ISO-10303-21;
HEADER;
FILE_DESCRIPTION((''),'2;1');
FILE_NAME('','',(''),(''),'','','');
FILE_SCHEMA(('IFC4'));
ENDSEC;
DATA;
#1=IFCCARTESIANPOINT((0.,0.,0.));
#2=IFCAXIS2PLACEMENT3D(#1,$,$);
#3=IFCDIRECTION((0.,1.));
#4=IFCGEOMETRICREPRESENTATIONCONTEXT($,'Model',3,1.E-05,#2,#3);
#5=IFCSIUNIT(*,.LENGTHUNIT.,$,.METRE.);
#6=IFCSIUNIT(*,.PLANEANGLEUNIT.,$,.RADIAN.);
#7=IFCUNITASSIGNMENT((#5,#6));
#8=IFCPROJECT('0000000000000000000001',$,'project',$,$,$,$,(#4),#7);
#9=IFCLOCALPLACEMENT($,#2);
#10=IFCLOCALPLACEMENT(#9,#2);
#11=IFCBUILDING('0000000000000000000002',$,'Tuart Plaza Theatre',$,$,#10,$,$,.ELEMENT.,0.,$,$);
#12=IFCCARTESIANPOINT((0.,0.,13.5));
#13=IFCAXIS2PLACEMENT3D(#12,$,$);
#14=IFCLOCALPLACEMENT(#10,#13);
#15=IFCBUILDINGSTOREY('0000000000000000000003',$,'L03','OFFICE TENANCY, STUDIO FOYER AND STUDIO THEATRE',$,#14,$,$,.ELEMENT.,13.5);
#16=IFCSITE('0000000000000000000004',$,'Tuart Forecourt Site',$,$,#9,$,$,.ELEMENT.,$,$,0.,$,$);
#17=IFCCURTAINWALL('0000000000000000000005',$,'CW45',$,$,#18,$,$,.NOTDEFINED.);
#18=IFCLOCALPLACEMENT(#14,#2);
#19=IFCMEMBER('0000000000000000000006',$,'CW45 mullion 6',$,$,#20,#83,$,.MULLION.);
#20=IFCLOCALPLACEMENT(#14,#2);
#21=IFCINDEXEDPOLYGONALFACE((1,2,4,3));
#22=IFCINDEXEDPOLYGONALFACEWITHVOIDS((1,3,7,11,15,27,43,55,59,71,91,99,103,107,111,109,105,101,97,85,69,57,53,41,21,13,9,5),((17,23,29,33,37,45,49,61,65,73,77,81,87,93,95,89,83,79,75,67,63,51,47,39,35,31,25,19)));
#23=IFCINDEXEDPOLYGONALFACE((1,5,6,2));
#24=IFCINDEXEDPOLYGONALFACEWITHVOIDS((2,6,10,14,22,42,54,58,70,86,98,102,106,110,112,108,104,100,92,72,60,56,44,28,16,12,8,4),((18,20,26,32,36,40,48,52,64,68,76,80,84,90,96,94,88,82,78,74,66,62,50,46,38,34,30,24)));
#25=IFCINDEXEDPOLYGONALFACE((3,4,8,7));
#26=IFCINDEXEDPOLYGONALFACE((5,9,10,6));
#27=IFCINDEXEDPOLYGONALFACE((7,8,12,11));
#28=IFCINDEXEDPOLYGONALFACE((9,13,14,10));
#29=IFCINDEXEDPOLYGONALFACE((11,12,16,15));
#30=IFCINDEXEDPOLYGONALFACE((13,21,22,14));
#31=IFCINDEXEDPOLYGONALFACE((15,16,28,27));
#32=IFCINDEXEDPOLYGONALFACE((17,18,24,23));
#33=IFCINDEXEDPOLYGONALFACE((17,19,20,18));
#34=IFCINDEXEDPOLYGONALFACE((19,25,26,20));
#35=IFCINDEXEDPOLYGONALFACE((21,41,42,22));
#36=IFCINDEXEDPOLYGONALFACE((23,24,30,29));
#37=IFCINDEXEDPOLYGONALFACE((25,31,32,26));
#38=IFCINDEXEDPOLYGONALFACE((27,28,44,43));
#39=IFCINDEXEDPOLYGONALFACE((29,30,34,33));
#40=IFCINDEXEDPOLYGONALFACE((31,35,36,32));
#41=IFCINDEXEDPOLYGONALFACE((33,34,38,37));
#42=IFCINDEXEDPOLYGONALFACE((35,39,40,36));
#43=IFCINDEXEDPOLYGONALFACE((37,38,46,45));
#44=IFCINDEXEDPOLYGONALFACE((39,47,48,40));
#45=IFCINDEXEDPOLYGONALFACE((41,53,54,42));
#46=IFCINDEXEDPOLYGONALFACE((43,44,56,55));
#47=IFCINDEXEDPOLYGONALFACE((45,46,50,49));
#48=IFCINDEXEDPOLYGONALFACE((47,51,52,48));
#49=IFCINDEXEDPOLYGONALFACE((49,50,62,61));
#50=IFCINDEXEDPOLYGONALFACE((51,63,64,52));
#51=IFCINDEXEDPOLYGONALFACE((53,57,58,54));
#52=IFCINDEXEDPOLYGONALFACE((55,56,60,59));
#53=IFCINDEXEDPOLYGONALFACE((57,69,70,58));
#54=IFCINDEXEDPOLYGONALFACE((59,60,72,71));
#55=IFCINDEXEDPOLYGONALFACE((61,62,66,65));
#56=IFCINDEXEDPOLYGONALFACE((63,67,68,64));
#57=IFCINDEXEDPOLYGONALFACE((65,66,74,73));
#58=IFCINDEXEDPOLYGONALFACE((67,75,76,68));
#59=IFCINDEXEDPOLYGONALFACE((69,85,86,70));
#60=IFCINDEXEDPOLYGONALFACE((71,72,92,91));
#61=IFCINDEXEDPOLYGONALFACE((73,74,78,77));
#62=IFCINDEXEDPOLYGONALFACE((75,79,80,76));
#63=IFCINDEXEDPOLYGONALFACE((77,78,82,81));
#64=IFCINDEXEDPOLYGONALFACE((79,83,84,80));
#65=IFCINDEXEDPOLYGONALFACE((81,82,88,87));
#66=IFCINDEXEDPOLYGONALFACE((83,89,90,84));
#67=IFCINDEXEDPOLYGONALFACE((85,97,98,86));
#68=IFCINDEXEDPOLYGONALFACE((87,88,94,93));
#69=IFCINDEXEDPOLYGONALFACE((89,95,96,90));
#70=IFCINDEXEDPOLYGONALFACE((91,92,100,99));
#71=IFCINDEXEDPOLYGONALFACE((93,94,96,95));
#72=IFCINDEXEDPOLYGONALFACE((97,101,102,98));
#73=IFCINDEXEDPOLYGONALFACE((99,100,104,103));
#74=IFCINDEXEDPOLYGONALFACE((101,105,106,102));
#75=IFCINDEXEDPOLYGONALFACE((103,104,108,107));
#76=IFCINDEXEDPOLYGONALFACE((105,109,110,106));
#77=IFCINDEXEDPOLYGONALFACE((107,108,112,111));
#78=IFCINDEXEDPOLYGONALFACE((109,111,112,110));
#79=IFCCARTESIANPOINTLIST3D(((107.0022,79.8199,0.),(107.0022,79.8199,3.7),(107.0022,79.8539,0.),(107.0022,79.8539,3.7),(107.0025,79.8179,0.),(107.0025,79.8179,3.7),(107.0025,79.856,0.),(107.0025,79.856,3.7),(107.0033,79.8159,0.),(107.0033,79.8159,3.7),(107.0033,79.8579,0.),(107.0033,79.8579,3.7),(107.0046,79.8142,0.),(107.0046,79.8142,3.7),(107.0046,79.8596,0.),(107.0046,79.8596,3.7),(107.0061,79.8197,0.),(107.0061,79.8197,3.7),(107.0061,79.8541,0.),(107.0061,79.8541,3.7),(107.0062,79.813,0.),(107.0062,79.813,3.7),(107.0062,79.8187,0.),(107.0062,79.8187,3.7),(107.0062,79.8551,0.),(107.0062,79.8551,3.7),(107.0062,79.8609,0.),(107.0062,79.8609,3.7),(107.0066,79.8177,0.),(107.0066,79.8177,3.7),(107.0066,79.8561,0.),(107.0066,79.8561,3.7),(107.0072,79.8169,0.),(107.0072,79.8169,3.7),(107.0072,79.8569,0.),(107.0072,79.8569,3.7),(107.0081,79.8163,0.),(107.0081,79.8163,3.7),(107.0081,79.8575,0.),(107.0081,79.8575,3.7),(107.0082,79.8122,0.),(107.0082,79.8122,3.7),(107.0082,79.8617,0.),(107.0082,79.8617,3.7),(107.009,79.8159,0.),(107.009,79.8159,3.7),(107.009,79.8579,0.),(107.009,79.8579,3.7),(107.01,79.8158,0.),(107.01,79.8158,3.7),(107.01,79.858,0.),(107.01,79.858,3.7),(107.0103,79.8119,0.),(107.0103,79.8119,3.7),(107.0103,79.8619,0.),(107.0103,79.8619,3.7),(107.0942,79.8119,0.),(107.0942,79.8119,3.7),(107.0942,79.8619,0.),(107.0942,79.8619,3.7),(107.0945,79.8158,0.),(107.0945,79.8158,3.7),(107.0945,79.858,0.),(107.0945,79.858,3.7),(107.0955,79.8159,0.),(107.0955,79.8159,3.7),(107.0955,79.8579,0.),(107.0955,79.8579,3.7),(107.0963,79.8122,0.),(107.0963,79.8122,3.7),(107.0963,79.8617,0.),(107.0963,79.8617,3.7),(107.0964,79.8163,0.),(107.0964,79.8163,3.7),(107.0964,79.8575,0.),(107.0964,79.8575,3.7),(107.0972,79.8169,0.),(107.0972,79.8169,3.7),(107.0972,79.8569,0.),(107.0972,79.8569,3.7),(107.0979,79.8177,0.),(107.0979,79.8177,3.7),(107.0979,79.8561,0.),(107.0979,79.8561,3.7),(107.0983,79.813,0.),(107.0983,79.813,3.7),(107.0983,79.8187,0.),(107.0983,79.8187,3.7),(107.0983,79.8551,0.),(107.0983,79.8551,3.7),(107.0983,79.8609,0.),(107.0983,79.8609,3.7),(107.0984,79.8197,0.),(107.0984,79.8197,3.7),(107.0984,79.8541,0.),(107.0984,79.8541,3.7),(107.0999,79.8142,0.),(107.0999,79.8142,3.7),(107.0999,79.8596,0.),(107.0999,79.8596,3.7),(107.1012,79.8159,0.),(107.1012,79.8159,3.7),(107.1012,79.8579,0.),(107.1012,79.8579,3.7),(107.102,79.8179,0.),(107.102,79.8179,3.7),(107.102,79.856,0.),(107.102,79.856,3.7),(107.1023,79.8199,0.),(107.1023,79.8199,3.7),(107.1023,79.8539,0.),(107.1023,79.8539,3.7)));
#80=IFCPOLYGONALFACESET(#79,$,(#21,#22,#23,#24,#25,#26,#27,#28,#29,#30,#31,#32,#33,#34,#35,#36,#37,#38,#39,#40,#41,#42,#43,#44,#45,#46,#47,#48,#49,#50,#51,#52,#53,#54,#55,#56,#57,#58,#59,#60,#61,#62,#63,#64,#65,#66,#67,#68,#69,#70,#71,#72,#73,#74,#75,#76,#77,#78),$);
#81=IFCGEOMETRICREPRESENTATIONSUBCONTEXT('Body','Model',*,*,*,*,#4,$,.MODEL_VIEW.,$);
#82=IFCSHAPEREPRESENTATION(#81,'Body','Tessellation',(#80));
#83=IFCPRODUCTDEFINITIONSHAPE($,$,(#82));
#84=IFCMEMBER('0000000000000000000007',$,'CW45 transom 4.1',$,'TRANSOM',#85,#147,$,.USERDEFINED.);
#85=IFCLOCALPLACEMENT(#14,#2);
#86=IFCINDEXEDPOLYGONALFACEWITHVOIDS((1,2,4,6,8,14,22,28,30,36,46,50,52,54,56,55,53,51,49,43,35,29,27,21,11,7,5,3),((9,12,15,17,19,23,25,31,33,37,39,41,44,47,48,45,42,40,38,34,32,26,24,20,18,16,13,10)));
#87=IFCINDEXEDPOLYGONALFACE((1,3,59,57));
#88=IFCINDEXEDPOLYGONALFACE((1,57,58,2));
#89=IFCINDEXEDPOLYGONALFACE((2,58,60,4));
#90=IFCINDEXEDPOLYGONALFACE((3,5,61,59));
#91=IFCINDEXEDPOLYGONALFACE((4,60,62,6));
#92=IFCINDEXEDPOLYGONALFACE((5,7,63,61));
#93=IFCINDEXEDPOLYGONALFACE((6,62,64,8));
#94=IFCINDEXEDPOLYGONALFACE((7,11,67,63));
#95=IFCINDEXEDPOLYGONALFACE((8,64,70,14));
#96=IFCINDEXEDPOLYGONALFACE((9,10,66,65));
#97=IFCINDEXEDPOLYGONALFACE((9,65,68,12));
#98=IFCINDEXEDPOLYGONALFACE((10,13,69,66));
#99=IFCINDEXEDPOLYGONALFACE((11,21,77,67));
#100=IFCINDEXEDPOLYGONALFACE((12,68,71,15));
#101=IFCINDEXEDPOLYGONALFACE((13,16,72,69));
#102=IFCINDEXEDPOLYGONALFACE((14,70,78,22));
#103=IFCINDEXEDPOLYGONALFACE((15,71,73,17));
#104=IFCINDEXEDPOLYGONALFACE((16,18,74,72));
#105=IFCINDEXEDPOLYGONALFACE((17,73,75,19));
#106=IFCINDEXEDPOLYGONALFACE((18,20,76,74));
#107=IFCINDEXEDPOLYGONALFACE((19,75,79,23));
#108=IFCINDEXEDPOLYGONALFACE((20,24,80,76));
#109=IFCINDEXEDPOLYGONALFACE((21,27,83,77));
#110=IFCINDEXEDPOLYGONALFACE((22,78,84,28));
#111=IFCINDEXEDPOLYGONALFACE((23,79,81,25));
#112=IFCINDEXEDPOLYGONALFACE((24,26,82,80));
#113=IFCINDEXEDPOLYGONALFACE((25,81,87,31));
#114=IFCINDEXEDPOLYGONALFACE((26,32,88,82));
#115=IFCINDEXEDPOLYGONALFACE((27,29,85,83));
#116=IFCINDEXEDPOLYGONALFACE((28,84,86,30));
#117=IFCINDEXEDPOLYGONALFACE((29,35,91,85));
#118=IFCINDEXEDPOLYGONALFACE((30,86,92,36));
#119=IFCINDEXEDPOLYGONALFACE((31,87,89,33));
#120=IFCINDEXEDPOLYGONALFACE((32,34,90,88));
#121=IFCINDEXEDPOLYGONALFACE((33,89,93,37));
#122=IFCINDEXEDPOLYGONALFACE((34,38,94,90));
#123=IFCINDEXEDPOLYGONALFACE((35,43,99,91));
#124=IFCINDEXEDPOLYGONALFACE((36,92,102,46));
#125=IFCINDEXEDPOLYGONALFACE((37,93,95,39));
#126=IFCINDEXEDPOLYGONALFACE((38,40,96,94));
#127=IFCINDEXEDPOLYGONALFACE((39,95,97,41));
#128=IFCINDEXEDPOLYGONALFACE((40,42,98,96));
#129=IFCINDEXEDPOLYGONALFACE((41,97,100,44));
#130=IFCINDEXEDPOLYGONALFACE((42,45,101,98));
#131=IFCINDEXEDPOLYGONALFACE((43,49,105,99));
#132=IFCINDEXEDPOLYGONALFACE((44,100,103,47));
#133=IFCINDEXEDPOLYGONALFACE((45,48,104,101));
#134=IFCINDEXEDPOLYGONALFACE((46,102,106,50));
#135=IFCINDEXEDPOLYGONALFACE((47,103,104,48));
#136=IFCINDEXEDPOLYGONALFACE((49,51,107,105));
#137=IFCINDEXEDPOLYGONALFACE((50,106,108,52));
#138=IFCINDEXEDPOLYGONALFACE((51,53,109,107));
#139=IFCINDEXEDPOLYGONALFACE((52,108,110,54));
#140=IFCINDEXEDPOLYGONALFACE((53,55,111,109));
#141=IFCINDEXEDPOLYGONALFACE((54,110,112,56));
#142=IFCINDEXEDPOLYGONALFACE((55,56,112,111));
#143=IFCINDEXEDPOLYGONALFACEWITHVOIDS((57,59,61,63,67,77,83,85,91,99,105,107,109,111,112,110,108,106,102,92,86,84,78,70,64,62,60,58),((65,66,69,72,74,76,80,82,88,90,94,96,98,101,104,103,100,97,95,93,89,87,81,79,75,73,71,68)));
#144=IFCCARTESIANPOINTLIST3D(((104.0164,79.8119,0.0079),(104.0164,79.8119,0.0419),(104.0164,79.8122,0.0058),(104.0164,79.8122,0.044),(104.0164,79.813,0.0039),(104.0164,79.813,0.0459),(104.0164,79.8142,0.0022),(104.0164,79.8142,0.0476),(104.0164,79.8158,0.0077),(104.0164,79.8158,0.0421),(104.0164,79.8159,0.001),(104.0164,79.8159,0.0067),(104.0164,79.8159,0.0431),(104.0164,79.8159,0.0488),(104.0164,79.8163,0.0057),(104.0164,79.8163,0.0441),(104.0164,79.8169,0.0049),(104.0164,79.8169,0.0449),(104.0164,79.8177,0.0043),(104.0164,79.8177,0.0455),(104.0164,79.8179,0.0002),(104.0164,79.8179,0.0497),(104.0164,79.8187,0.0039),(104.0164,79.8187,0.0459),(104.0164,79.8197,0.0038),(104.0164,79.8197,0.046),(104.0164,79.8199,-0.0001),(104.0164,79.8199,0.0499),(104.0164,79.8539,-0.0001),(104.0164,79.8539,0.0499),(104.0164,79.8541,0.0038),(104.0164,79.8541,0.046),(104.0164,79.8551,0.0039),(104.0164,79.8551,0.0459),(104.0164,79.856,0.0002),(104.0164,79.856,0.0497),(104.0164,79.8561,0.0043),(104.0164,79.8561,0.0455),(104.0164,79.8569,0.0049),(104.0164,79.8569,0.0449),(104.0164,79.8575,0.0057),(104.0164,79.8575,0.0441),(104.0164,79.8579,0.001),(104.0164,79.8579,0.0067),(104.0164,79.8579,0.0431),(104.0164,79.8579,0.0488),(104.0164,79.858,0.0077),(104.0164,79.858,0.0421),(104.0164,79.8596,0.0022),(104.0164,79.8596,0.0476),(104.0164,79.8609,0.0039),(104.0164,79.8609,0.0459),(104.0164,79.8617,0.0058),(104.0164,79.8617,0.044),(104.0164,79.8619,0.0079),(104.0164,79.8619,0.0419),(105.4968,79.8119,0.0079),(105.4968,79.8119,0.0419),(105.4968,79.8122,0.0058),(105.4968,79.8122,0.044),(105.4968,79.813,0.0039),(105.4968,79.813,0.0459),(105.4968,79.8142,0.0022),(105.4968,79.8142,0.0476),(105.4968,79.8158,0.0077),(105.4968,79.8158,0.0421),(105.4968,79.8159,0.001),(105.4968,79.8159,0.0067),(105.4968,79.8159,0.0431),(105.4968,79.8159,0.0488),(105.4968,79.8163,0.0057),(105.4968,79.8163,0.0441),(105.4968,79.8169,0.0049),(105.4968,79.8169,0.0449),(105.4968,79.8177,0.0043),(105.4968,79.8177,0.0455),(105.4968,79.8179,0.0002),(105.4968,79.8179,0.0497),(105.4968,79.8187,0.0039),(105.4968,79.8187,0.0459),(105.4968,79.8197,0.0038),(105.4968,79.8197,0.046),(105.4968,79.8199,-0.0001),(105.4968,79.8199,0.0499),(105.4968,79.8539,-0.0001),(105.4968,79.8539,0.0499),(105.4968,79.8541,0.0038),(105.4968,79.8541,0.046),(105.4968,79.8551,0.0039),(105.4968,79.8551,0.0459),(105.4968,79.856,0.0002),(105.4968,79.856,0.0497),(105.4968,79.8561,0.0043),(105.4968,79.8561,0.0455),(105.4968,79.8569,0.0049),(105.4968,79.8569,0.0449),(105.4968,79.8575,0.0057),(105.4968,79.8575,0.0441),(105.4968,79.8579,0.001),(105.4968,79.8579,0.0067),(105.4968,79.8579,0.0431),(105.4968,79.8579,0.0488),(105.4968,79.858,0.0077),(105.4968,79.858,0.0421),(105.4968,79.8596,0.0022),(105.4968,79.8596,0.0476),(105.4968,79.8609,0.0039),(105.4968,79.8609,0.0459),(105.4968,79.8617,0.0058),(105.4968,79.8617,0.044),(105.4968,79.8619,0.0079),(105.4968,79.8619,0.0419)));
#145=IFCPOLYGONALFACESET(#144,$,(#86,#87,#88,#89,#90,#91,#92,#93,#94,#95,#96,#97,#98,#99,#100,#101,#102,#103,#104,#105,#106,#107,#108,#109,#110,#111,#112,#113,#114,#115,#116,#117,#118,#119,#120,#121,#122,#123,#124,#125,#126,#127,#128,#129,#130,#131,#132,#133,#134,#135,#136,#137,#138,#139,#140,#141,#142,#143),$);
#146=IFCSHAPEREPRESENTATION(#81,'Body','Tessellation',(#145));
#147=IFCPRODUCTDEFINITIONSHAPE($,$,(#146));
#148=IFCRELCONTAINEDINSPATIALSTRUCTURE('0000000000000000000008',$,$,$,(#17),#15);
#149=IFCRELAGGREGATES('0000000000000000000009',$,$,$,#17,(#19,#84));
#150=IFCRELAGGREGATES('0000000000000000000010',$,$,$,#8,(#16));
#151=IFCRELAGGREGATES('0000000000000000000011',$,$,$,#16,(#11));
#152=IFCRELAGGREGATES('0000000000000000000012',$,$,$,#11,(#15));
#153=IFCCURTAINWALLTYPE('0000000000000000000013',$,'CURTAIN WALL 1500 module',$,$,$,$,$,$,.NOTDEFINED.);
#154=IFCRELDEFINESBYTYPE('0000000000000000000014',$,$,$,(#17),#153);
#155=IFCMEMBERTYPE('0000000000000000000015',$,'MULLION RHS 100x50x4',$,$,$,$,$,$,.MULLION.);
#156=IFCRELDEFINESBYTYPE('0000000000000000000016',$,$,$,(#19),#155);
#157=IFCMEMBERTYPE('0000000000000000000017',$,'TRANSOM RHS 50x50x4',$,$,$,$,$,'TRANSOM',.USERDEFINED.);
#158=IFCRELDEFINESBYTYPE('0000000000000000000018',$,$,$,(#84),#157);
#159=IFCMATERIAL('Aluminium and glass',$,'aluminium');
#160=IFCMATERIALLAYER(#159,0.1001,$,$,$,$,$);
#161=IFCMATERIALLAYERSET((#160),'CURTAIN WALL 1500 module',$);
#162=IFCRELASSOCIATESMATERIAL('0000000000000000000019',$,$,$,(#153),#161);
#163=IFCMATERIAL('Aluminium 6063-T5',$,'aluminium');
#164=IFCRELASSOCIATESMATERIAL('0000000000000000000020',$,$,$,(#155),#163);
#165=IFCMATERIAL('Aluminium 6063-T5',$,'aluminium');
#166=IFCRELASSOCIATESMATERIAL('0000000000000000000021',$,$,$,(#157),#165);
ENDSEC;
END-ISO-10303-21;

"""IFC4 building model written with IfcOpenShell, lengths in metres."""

from ifc_helpers import new_model, si_unit, direction, frame, origin, origin_2d, place, context, subcontext, project, spatial, hollow_rectangle, extrude, material, layer, layer_set, material_profile, profile_set, type_object, element, aggregate, save


model = new_model("IFC4")

# Units and contexts
model_context = context("Model", 3, precision=1e-05, world=origin(), true_north=direction((0.0, 1.0)))
body_context = subcontext(model_context, "Body", "Model", "MODEL_VIEW")
ifc_project = project(units=[si_unit("LENGTHUNIT", "METRE"), si_unit("PLANEANGLEUNIT", "RADIAN")], contexts=[model_context])

# Site, building, storey
site_placement = place(None, origin())
site = spatial("IfcSite", under=ifc_project, at=site_placement, Name="Tuart Forecourt Site", CompositionType="ELEMENT", RefElevation=0.0)
building_placement = place(site_placement, origin())
building = spatial("IfcBuilding", under=site, at=building_placement, Name="Tuart Plaza Theatre", CompositionType="ELEMENT", ElevationOfRefHeight=0.0)
storey_placement = place(building_placement, frame((0.0, 0.0, 13.5)))
storey = spatial("IfcBuildingStorey", under=building, at=storey_placement, Name="L03", Description="OFFICE TENANCY, STUDIO FOYER AND STUDIO THEATRE", CompositionType="ELEMENT", Elevation=13.5)

# Curtain wall, members
ifc_material_1 = material(Name="Aluminium and glass", Category="aluminium")
ifc_layer_1 = layer(ifc_material_1, 0.1001)
ifc_layer_set_1 = layer_set([ifc_layer_1], Name="CURTAIN WALL 1500 module")
curtain_wall_type = type_object("IfcCurtainWallType", Name="CURTAIN WALL 1500 module", PredefinedType="NOTDEFINED", material=ifc_layer_set_1)
curtain_wall_placement = place(storey_placement, origin())
curtain_wall = element("IfcCurtainWall", 1, at=curtain_wall_placement, inside=storey, type_object=curtain_wall_type, Name="CW45", PredefinedType="NOTDEFINED")
ifc_material_2 = material(Name="Aluminium 6063-T5", Category="aluminium")
ifc_material_profile_1 = material_profile(ifc_material_2, hollow_rectangle(XDim=0.05, YDim=0.1001, WallThickness=0.0039, InnerFilletRadius=0.0039, OuterFilletRadius=0.0081, at=origin_2d()), Name="RHS 100x50x4")
ifc_profile_set_1 = profile_set([ifc_material_profile_1], Name="Aluminium 6063-T5")
member_type_1 = type_object("IfcMemberType", Name="MULLION RHS 100x50x4", PredefinedType="MULLION", material=ifc_profile_set_1)
member_1_placement = place(storey_placement, frame((107.0522, 79.8369, 0.0), z_axis=(0.0, 0.0, 1.0), x_axis=(0.0, 1.0, 0.0)))
member_1 = element("IfcMember", 2, at=member_1_placement, type_object=member_type_1, Name="CW45 mullion 6", PredefinedType="MULLION", context=body_context, shape_type="SweptSolid", body=[
    extrude(hollow_rectangle(XDim=0.05, YDim=0.1001, WallThickness=0.0039, InnerFilletRadius=0.0039, OuterFilletRadius=0.0081, at=origin_2d()), origin(), (0.0, 0.0, 1.0), 3.7),
])
ifc_material_3 = material(Name="Aluminium 6063-T5", Category="aluminium")
ifc_material_profile_2 = material_profile(ifc_material_3, hollow_rectangle(XDim=0.05, YDim=0.05, WallThickness=0.0039, InnerFilletRadius=0.0039, OuterFilletRadius=0.0081, at=origin_2d()), Name="RHS 50x50x4")
ifc_profile_set_2 = profile_set([ifc_material_profile_2], Name="Aluminium 6063-T5")
member_type_2 = type_object("IfcMemberType", Name="TRANSOM RHS 50x50x4", ElementType="TRANSOM", PredefinedType="USERDEFINED", material=ifc_profile_set_2)
member_2_placement = place(storey_placement, frame((104.0164, 79.8369, 0.0249), z_axis=(1.0, 0.0, 0.0), x_axis=(0.0, 1.0, 0.0)))
member_2 = element("IfcMember", 3, at=member_2_placement, type_object=member_type_2, Name="CW45 transom 4.1", ObjectType="TRANSOM", PredefinedType="USERDEFINED", context=body_context, shape_type="SweptSolid", body=[
    extrude(hollow_rectangle(XDim=0.05, YDim=0.05, WallThickness=0.0039, InnerFilletRadius=0.0039, OuterFilletRadius=0.0081, at=origin_2d()), origin(), (0.0, 0.0, 1.0), 1.4805),
])
aggregate(curtain_wall, [member_1, member_2])

save(model, "model.ifc")
